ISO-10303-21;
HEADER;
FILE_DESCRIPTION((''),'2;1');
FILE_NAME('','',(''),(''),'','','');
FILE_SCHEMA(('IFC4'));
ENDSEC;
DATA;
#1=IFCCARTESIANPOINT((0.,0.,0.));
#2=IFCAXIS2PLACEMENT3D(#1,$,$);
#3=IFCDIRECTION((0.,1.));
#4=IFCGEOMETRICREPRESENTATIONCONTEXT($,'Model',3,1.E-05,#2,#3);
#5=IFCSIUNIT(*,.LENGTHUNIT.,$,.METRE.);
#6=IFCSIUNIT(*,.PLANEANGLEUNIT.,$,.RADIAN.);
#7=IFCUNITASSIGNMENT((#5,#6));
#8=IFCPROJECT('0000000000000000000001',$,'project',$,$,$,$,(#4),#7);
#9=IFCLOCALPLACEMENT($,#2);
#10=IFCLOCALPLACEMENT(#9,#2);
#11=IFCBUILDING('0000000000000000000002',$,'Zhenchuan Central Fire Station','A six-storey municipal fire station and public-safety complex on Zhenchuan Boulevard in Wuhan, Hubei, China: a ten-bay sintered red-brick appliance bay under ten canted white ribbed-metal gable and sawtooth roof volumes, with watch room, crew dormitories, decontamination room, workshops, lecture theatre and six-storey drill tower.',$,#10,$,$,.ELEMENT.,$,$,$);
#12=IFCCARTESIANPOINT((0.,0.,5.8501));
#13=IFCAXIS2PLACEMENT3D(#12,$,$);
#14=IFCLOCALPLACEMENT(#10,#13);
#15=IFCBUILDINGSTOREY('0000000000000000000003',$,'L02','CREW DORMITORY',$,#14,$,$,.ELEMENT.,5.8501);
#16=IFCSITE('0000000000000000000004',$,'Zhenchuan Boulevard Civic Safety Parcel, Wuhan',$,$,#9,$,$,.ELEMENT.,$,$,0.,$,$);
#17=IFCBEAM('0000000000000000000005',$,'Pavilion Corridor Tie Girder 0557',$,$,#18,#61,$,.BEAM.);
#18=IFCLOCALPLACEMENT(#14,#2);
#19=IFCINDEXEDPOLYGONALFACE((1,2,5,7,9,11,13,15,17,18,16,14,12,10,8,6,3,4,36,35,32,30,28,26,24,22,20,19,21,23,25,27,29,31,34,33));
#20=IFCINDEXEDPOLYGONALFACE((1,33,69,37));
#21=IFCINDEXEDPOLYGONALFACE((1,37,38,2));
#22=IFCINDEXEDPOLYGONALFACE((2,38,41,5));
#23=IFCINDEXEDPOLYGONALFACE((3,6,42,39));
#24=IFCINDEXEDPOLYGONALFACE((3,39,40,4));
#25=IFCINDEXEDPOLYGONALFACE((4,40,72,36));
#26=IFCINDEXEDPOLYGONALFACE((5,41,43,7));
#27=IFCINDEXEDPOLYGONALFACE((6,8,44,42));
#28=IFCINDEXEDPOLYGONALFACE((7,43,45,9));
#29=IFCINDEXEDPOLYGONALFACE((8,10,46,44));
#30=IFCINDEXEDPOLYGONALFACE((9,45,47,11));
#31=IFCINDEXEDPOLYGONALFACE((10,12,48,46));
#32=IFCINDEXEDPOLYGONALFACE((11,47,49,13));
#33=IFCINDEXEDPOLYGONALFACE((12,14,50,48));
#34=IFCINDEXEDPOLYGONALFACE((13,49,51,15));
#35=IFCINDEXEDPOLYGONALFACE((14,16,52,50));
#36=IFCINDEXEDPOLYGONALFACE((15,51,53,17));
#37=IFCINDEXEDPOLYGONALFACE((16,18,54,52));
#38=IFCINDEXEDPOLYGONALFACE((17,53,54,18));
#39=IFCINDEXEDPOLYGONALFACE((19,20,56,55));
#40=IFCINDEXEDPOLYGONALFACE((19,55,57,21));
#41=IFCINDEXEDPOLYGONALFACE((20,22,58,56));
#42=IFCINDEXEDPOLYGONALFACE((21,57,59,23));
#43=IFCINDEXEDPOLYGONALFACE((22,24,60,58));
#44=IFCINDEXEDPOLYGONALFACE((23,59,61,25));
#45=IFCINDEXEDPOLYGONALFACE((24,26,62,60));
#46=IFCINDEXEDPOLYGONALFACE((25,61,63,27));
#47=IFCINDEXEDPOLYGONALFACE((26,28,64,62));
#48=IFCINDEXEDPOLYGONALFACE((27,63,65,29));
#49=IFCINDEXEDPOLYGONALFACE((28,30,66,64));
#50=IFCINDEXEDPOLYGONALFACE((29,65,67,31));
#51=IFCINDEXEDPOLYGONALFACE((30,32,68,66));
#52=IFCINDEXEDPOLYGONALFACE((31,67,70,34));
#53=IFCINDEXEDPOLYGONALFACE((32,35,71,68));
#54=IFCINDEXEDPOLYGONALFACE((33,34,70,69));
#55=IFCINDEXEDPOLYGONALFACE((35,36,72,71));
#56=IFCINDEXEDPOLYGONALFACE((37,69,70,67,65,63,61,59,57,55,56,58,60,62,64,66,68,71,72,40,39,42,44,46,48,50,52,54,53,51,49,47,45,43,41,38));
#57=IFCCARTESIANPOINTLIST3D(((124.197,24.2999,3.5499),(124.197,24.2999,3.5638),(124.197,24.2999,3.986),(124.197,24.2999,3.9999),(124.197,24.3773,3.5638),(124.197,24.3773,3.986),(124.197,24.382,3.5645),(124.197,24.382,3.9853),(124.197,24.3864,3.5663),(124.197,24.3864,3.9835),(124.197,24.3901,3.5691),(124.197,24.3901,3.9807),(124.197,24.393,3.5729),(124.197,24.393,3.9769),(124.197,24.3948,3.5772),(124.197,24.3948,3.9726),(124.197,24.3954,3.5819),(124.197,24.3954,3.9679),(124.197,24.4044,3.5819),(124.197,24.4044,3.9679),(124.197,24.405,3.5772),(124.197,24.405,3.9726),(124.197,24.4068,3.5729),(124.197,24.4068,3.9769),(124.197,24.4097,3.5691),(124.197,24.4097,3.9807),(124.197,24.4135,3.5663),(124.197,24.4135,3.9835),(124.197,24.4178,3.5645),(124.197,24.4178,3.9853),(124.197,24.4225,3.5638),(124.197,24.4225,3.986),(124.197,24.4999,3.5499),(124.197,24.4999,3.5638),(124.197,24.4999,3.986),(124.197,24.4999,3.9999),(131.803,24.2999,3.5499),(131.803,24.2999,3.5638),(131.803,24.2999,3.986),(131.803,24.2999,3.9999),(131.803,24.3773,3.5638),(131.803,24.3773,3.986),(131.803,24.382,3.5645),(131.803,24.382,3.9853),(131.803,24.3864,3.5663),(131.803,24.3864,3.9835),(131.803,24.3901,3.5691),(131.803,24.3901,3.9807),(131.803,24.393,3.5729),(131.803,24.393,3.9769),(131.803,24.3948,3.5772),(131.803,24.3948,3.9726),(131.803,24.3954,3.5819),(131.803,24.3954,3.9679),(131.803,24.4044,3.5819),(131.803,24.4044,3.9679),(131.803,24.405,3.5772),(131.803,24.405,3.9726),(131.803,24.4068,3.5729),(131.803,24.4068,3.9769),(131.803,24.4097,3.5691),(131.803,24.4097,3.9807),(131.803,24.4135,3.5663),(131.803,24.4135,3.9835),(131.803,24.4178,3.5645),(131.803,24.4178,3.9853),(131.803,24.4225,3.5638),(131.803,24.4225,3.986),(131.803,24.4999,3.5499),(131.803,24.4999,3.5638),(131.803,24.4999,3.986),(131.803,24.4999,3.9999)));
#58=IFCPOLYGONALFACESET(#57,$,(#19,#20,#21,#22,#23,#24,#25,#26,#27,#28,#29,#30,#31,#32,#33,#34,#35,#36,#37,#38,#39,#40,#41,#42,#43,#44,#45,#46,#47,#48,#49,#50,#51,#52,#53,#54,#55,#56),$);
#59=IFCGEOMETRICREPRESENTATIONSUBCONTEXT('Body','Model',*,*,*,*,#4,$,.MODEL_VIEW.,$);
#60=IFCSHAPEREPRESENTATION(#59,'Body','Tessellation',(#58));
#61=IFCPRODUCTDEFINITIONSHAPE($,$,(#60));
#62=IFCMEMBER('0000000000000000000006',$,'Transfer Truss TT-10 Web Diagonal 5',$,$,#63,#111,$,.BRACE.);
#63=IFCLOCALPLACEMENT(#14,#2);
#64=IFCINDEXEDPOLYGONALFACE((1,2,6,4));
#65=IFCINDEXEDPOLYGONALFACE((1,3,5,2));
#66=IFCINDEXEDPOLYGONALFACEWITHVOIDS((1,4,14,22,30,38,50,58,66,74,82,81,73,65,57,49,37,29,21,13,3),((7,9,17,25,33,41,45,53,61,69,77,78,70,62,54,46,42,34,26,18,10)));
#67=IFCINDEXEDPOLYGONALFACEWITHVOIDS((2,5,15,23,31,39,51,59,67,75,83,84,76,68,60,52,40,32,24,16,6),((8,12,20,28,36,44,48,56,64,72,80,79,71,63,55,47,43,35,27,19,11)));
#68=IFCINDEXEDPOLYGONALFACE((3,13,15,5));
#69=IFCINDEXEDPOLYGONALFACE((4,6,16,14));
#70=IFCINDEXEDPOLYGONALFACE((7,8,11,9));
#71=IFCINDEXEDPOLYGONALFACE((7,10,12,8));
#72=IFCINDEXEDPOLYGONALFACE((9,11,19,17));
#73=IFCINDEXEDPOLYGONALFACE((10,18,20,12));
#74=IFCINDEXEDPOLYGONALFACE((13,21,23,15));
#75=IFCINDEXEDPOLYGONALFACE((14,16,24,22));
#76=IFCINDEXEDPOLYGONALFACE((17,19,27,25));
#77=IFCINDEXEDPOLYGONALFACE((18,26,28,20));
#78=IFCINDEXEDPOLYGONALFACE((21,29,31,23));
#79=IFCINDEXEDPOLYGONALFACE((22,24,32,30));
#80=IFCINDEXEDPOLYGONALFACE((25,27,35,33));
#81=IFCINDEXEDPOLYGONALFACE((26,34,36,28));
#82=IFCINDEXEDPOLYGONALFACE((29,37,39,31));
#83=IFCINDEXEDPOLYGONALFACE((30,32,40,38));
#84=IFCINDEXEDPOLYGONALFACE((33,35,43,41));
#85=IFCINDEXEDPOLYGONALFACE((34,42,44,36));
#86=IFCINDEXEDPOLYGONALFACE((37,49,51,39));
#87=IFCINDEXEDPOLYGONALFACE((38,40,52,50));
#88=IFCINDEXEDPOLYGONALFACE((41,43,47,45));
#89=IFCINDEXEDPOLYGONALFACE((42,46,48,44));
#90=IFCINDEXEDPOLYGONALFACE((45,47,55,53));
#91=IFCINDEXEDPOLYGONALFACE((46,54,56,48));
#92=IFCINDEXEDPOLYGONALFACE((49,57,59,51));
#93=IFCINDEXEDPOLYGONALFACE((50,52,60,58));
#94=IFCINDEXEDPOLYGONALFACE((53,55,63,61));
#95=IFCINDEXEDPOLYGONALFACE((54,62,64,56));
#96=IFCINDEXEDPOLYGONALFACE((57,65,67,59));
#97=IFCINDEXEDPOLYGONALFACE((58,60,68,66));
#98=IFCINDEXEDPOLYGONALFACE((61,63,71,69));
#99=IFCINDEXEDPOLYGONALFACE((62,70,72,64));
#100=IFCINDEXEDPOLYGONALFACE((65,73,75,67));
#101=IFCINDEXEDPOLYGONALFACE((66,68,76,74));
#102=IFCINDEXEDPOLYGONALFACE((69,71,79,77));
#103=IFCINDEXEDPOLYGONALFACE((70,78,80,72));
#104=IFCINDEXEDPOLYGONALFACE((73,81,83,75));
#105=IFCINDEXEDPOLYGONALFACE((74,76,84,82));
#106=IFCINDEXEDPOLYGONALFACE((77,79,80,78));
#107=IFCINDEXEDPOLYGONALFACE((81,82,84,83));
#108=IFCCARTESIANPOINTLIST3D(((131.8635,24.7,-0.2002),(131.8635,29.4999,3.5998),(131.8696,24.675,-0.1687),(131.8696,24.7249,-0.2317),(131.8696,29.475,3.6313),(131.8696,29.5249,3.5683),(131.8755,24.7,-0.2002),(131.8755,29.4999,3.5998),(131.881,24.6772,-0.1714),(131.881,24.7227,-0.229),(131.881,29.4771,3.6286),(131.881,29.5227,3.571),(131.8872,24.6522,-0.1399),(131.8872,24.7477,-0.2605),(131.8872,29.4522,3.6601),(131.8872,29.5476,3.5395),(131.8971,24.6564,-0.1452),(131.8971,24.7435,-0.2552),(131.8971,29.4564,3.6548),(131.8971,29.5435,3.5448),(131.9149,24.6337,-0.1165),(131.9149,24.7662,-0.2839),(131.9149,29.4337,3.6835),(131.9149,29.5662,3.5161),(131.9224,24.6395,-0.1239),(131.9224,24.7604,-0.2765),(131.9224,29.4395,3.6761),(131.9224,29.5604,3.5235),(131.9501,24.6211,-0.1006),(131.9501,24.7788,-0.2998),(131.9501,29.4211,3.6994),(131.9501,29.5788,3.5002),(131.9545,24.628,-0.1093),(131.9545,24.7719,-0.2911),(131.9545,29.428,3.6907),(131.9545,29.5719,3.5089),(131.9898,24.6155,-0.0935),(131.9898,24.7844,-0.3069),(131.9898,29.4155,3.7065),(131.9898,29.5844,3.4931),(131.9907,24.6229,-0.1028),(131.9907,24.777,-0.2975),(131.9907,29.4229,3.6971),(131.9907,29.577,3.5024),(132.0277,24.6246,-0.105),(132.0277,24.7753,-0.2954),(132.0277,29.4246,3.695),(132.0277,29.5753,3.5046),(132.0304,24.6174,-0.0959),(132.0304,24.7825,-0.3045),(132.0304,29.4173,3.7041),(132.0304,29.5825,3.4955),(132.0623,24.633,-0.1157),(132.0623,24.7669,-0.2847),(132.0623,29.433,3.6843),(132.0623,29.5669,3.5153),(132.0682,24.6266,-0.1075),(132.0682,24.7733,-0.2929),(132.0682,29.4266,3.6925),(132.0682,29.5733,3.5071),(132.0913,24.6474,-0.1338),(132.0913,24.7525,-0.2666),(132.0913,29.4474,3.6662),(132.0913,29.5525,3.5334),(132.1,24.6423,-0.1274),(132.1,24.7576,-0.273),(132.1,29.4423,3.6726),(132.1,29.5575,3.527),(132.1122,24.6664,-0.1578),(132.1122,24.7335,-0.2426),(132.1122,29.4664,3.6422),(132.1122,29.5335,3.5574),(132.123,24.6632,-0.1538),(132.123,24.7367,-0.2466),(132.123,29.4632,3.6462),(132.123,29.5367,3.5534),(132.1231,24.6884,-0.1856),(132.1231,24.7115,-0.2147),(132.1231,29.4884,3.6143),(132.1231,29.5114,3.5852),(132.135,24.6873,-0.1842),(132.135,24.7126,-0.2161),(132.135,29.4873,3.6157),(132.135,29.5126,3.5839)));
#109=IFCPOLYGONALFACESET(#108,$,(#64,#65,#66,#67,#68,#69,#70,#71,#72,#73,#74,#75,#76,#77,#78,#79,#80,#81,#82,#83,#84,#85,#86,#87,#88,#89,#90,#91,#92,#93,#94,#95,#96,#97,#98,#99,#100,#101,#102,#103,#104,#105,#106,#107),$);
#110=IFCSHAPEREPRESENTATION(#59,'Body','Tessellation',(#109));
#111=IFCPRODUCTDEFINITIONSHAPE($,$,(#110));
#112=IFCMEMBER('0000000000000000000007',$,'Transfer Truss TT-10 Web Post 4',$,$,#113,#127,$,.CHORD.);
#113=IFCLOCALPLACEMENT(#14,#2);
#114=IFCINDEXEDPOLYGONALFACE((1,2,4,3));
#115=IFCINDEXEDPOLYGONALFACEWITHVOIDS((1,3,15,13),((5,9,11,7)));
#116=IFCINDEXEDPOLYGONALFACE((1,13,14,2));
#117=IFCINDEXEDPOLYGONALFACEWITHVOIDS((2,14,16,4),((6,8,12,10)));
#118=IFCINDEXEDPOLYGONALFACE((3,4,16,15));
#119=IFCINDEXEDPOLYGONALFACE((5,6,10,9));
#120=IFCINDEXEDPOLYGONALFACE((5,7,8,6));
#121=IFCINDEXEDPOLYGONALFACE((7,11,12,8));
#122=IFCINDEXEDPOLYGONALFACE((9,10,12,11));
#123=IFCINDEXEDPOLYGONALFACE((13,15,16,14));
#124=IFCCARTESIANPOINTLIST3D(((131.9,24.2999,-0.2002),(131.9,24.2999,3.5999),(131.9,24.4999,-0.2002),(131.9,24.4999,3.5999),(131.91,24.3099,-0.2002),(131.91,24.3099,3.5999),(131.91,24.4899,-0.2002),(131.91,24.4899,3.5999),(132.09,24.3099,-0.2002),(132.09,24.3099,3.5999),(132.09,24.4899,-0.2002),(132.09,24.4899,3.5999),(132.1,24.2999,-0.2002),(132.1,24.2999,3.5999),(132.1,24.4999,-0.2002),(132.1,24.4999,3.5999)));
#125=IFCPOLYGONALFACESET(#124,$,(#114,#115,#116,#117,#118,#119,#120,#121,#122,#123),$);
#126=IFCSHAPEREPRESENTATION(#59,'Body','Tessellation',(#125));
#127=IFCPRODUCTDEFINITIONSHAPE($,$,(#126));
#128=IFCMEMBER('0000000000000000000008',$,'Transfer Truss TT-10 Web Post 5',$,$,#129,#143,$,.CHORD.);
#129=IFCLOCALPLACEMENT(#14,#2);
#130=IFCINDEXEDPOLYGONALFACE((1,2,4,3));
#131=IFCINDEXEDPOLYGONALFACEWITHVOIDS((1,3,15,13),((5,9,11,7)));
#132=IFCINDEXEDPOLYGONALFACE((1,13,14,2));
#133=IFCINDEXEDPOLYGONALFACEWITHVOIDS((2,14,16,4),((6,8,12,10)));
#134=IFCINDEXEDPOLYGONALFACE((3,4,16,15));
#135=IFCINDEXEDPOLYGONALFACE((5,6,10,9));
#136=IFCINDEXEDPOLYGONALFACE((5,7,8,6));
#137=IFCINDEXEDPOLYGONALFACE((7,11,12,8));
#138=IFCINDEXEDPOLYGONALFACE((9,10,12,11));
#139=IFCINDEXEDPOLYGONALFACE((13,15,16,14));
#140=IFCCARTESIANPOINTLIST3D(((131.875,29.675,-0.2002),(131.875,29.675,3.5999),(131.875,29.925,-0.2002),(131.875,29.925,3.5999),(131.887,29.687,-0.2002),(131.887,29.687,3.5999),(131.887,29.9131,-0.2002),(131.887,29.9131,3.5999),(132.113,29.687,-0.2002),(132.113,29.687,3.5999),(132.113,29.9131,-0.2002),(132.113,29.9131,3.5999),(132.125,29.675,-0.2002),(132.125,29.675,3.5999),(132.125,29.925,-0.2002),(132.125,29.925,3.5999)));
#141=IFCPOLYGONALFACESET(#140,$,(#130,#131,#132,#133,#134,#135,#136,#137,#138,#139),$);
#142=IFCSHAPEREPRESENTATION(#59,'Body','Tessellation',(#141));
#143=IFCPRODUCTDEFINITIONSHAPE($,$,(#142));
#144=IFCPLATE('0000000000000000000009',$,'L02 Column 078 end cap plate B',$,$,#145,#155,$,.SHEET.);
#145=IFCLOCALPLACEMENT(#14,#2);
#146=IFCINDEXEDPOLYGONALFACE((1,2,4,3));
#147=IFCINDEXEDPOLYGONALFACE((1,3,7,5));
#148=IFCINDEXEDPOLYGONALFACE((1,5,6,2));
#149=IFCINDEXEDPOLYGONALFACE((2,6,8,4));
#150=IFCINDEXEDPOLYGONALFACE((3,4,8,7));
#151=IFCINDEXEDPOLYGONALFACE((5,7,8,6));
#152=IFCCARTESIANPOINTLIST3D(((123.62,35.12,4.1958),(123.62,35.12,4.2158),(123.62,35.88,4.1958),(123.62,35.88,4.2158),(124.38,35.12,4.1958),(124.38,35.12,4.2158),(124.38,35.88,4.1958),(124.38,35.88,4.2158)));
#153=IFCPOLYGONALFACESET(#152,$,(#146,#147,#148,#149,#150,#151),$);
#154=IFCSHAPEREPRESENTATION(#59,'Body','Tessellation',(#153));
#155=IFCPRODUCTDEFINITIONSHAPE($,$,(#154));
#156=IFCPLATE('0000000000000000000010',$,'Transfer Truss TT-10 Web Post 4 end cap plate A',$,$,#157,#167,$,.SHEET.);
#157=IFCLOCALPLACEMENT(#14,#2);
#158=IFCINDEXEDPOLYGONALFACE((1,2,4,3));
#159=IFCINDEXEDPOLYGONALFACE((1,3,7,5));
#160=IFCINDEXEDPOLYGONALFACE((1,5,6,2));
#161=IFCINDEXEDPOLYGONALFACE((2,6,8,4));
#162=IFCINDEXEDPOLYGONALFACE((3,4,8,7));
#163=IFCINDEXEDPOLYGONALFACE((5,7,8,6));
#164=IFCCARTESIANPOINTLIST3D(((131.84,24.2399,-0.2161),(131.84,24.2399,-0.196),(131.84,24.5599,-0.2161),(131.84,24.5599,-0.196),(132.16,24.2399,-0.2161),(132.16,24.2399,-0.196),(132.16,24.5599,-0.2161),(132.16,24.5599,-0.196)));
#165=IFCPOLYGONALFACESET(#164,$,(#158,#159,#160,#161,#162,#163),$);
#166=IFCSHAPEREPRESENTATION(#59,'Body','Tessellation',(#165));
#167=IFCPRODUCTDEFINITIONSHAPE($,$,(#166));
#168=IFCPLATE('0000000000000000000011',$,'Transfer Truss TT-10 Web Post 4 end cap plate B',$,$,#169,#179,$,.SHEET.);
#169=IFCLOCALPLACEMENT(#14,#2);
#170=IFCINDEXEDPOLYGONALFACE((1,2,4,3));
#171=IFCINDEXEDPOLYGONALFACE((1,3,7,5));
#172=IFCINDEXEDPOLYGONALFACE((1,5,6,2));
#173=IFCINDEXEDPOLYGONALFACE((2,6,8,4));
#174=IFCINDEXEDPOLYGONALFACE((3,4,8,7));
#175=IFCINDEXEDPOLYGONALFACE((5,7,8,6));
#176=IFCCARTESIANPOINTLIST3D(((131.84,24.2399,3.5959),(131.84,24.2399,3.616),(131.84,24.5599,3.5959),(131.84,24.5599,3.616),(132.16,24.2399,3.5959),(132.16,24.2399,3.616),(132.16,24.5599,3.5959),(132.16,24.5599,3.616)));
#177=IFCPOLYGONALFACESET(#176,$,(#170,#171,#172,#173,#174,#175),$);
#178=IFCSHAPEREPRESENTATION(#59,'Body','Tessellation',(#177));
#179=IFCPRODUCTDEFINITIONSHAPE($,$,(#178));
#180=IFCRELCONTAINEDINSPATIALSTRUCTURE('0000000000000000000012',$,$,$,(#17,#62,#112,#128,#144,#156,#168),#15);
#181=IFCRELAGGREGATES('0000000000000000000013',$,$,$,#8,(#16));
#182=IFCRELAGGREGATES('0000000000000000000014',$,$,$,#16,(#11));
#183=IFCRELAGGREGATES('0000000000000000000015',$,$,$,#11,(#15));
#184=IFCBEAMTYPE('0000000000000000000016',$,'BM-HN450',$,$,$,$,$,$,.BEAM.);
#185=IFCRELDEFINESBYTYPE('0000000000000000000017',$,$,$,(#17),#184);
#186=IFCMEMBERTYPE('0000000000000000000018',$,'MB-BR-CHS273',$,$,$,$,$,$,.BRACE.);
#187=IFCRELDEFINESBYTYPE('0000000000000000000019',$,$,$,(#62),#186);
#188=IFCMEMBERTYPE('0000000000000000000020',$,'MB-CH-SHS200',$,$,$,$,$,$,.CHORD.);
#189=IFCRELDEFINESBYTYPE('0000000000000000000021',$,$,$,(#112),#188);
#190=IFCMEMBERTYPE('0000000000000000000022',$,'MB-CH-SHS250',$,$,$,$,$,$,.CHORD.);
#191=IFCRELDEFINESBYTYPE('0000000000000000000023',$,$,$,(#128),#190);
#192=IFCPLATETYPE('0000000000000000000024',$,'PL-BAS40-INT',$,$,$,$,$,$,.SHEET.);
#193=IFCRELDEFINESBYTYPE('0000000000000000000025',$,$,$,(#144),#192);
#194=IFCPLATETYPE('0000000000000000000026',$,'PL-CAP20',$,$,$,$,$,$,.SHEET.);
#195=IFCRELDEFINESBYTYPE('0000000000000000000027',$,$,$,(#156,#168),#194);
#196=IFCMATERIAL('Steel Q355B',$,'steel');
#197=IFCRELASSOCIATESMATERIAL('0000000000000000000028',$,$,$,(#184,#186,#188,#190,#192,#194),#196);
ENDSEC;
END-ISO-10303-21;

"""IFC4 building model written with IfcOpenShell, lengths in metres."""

from ifc_helpers import new_model, si_unit, direction, frame, origin, origin_2d, place, context, subcontext, project, spatial, rectangle, hollow_rectangle, hollow_circle, i_section, extrude, material, material_profile, profile_set, type_object, element, save


model = new_model("IFC4")

# Units and contexts
model_context = context("Model", 3, precision=1e-05, world=origin(), true_north=direction((0.0, 1.0)))
body_context = subcontext(model_context, "Body", "Model", "MODEL_VIEW")
ifc_project = project(units=[si_unit("LENGTHUNIT", "METRE"), si_unit("PLANEANGLEUNIT", "RADIAN")], contexts=[model_context])

# Site, building, storey
site_placement = place(None, origin())
site = spatial("IfcSite", under=ifc_project, at=site_placement, Name="Zhenchuan Boulevard Civic Safety Parcel, Wuhan", CompositionType="ELEMENT", RefElevation=0.0)
building_placement = place(site_placement, origin())
building = spatial("IfcBuilding", under=site, at=building_placement, Name="Zhenchuan Central Fire Station", Description="A six-storey municipal fire station and public-safety complex on Zhenchuan Boulevard in Wuhan, Hubei, China: a ten-bay sintered red-brick appliance bay under ten canted white ribbed-metal gable and sawtooth roof volumes, with watch room, crew dormitories, decontamination room, workshops, lecture theatre and six-storey drill tower.", CompositionType="ELEMENT")
storey_placement = place(building_placement, frame((0.0, 0.0, 5.8501)))
storey = spatial("IfcBuildingStorey", under=building, at=storey_placement, Name="L02", Description="CREW DORMITORY", CompositionType="ELEMENT", Elevation=5.8501)

# Beam
ifc_material_1 = material(Name="Steel Q355B", Category="steel")
ifc_material_profile_1 = material_profile(ifc_material_1, i_section(OverallWidth=0.2, OverallDepth=0.45, WebThickness=0.009, FlangeThickness=0.0139, FilletRadius=0.0181, at=origin_2d()), Name="HN 450x200")
ifc_profile_set_1 = profile_set([ifc_material_profile_1], Name="Steel Q355B")
beam_type = type_object("IfcBeamType", Name="BM-HN450", PredefinedType="BEAM", material=ifc_profile_set_1)
beam_placement = place(storey_placement, frame((124.197, 24.3999, 3.7749), z_axis=(1.0, 0.0, 0.0), x_axis=(0.0, 1.0, 0.0)))
element("IfcBeam", 1, at=beam_placement, inside=storey, type_object=beam_type, Name="Pavilion Corridor Tie Girder 0557", PredefinedType="BEAM", context=body_context, shape_type="SweptSolid", body=[
    extrude(i_section(OverallWidth=0.2, OverallDepth=0.45, WebThickness=0.009, FlangeThickness=0.0139, FilletRadius=0.0181, at=origin_2d()), origin(), (0.0, 0.0, 1.0), 7.606),
])

# Members
ifc_material_profile_2 = material_profile(ifc_material_1, hollow_circle(Radius=0.1365, WallThickness=0.012, at=origin_2d()), Name="CHS 273x12")
ifc_profile_set_2 = profile_set([ifc_material_profile_2], Name="Steel Q355B")
member_type_1 = type_object("IfcMemberType", Name="MB-BR-CHS273", PredefinedType="BRACE", material=ifc_profile_set_2)
member_1_placement = place(storey_placement, frame((132.0, 24.7, -0.2002), z_axis=(0.0, 0.784045, 0.620704), x_axis=(-1.0, 0.0, 0.0)))
element("IfcMember", 2, at=member_1_placement, inside=storey, type_object=member_type_1, Name="Transfer Truss TT-10 Web Diagonal 5", PredefinedType="BRACE", context=body_context, shape_type="SweptSolid", body=[
    extrude(hollow_circle(Radius=0.1365, WallThickness=0.012, at=origin_2d()), origin(), (0.0, 0.0, 1.0), 6.1221),
])
ifc_material_profile_3 = material_profile(ifc_material_1, hollow_rectangle(XDim=0.2, YDim=0.2, WallThickness=0.01, at=origin_2d()), Name="SHS 200x200x10")
ifc_profile_set_3 = profile_set([ifc_material_profile_3], Name="Steel Q355B")
member_type_2 = type_object("IfcMemberType", Name="MB-CH-SHS200", PredefinedType="CHORD", material=ifc_profile_set_3)
member_2_placement = place(storey_placement, frame((132.0, 24.3999, -0.2002), z_axis=(0.0, 0.0, 1.0), x_axis=(1.0, 0.0, 0.0)))
element("IfcMember", 3, at=member_2_placement, inside=storey, type_object=member_type_2, Name="Transfer Truss TT-10 Web Post 4", PredefinedType="CHORD", context=body_context, shape_type="SweptSolid", body=[
    extrude(hollow_rectangle(XDim=0.2, YDim=0.2, WallThickness=0.01, at=origin_2d()), origin(), (0.0, 0.0, 1.0), 3.8),
])
ifc_material_profile_4 = material_profile(ifc_material_1, hollow_rectangle(XDim=0.25, YDim=0.25, WallThickness=0.012, at=origin_2d()), Name="SHS 250x250x12")
ifc_profile_set_4 = profile_set([ifc_material_profile_4], Name="Steel Q355B")
member_type_3 = type_object("IfcMemberType", Name="MB-CH-SHS250", PredefinedType="CHORD", material=ifc_profile_set_4)
member_3_placement = place(storey_placement, frame((132.0, 29.8, -0.2002), z_axis=(0.0, 0.0, 1.0), x_axis=(1.0, 0.0, 0.0)))
element("IfcMember", 4, at=member_3_placement, inside=storey, type_object=member_type_3, Name="Transfer Truss TT-10 Web Post 5", PredefinedType="CHORD", context=body_context, shape_type="SweptSolid", body=[
    extrude(hollow_rectangle(XDim=0.25, YDim=0.25, WallThickness=0.012, at=origin_2d()), origin(), (0.0, 0.0, 1.0), 3.8),
])

# Plates
ifc_material_profile_5 = material_profile(ifc_material_1, rectangle(XDim=0.76, YDim=0.76, at=origin_2d()), Name="PL 760x760x40")
ifc_profile_set_5 = profile_set([ifc_material_profile_5], Name="Steel Q355B")
plate_type_1 = type_object("IfcPlateType", Name="PL-BAS40-INT", PredefinedType="SHEET", material=ifc_profile_set_5)
plate_placement = place(storey_placement, frame((124.0, 35.5, 4.1958), z_axis=(0.0, 0.0, 1.0), x_axis=(1.0, 0.0, 0.0)))
element("IfcPlate", 5, at=plate_placement, inside=storey, type_object=plate_type_1, Name="L02 Column 078 end cap plate B", PredefinedType="SHEET", context=body_context, shape_type="SweptSolid", body=[
    extrude(rectangle(XDim=0.76, YDim=0.76, at=origin_2d()), origin(), (0.0, 0.0, 1.0), 0.02),
])
ifc_material_profile_6 = material_profile(ifc_material_1, rectangle(XDim=0.3201, YDim=0.3201, at=origin_2d()), Name="PL 320x320x20")
ifc_profile_set_6 = profile_set([ifc_material_profile_6], Name="Steel Q355B")
plate_type_2 = type_object("IfcPlateType", Name="PL-CAP20", PredefinedType="SHEET", material=ifc_profile_set_6)
for number, where, z_axis, x_axis, name in (
    (6, (132.0, 24.3999, -0.2161), (0.0, 0.0, 1.0), (1.0, 0.0, 0.0), "Transfer Truss TT-10 Web Post 4 end cap plate A"),
    (7, (132.0, 24.3999, 3.5959), (0.0, 0.0, 1.0), (1.0, 0.0, 0.0), "Transfer Truss TT-10 Web Post 4 end cap plate B"),
):
    element("IfcPlate", number, at=place(storey_placement, frame(where, z_axis=z_axis, x_axis=x_axis)), inside=storey, type_object=plate_type_2, Name=name, PredefinedType="SHEET", context=body_context, shape_type="SweptSolid", body=[
        extrude(rectangle(XDim=0.3201, YDim=0.3201, at=origin_2d()), origin(), (0.0, 0.0, 1.0), 0.02),
    ])

save(model, "model.ifc")
